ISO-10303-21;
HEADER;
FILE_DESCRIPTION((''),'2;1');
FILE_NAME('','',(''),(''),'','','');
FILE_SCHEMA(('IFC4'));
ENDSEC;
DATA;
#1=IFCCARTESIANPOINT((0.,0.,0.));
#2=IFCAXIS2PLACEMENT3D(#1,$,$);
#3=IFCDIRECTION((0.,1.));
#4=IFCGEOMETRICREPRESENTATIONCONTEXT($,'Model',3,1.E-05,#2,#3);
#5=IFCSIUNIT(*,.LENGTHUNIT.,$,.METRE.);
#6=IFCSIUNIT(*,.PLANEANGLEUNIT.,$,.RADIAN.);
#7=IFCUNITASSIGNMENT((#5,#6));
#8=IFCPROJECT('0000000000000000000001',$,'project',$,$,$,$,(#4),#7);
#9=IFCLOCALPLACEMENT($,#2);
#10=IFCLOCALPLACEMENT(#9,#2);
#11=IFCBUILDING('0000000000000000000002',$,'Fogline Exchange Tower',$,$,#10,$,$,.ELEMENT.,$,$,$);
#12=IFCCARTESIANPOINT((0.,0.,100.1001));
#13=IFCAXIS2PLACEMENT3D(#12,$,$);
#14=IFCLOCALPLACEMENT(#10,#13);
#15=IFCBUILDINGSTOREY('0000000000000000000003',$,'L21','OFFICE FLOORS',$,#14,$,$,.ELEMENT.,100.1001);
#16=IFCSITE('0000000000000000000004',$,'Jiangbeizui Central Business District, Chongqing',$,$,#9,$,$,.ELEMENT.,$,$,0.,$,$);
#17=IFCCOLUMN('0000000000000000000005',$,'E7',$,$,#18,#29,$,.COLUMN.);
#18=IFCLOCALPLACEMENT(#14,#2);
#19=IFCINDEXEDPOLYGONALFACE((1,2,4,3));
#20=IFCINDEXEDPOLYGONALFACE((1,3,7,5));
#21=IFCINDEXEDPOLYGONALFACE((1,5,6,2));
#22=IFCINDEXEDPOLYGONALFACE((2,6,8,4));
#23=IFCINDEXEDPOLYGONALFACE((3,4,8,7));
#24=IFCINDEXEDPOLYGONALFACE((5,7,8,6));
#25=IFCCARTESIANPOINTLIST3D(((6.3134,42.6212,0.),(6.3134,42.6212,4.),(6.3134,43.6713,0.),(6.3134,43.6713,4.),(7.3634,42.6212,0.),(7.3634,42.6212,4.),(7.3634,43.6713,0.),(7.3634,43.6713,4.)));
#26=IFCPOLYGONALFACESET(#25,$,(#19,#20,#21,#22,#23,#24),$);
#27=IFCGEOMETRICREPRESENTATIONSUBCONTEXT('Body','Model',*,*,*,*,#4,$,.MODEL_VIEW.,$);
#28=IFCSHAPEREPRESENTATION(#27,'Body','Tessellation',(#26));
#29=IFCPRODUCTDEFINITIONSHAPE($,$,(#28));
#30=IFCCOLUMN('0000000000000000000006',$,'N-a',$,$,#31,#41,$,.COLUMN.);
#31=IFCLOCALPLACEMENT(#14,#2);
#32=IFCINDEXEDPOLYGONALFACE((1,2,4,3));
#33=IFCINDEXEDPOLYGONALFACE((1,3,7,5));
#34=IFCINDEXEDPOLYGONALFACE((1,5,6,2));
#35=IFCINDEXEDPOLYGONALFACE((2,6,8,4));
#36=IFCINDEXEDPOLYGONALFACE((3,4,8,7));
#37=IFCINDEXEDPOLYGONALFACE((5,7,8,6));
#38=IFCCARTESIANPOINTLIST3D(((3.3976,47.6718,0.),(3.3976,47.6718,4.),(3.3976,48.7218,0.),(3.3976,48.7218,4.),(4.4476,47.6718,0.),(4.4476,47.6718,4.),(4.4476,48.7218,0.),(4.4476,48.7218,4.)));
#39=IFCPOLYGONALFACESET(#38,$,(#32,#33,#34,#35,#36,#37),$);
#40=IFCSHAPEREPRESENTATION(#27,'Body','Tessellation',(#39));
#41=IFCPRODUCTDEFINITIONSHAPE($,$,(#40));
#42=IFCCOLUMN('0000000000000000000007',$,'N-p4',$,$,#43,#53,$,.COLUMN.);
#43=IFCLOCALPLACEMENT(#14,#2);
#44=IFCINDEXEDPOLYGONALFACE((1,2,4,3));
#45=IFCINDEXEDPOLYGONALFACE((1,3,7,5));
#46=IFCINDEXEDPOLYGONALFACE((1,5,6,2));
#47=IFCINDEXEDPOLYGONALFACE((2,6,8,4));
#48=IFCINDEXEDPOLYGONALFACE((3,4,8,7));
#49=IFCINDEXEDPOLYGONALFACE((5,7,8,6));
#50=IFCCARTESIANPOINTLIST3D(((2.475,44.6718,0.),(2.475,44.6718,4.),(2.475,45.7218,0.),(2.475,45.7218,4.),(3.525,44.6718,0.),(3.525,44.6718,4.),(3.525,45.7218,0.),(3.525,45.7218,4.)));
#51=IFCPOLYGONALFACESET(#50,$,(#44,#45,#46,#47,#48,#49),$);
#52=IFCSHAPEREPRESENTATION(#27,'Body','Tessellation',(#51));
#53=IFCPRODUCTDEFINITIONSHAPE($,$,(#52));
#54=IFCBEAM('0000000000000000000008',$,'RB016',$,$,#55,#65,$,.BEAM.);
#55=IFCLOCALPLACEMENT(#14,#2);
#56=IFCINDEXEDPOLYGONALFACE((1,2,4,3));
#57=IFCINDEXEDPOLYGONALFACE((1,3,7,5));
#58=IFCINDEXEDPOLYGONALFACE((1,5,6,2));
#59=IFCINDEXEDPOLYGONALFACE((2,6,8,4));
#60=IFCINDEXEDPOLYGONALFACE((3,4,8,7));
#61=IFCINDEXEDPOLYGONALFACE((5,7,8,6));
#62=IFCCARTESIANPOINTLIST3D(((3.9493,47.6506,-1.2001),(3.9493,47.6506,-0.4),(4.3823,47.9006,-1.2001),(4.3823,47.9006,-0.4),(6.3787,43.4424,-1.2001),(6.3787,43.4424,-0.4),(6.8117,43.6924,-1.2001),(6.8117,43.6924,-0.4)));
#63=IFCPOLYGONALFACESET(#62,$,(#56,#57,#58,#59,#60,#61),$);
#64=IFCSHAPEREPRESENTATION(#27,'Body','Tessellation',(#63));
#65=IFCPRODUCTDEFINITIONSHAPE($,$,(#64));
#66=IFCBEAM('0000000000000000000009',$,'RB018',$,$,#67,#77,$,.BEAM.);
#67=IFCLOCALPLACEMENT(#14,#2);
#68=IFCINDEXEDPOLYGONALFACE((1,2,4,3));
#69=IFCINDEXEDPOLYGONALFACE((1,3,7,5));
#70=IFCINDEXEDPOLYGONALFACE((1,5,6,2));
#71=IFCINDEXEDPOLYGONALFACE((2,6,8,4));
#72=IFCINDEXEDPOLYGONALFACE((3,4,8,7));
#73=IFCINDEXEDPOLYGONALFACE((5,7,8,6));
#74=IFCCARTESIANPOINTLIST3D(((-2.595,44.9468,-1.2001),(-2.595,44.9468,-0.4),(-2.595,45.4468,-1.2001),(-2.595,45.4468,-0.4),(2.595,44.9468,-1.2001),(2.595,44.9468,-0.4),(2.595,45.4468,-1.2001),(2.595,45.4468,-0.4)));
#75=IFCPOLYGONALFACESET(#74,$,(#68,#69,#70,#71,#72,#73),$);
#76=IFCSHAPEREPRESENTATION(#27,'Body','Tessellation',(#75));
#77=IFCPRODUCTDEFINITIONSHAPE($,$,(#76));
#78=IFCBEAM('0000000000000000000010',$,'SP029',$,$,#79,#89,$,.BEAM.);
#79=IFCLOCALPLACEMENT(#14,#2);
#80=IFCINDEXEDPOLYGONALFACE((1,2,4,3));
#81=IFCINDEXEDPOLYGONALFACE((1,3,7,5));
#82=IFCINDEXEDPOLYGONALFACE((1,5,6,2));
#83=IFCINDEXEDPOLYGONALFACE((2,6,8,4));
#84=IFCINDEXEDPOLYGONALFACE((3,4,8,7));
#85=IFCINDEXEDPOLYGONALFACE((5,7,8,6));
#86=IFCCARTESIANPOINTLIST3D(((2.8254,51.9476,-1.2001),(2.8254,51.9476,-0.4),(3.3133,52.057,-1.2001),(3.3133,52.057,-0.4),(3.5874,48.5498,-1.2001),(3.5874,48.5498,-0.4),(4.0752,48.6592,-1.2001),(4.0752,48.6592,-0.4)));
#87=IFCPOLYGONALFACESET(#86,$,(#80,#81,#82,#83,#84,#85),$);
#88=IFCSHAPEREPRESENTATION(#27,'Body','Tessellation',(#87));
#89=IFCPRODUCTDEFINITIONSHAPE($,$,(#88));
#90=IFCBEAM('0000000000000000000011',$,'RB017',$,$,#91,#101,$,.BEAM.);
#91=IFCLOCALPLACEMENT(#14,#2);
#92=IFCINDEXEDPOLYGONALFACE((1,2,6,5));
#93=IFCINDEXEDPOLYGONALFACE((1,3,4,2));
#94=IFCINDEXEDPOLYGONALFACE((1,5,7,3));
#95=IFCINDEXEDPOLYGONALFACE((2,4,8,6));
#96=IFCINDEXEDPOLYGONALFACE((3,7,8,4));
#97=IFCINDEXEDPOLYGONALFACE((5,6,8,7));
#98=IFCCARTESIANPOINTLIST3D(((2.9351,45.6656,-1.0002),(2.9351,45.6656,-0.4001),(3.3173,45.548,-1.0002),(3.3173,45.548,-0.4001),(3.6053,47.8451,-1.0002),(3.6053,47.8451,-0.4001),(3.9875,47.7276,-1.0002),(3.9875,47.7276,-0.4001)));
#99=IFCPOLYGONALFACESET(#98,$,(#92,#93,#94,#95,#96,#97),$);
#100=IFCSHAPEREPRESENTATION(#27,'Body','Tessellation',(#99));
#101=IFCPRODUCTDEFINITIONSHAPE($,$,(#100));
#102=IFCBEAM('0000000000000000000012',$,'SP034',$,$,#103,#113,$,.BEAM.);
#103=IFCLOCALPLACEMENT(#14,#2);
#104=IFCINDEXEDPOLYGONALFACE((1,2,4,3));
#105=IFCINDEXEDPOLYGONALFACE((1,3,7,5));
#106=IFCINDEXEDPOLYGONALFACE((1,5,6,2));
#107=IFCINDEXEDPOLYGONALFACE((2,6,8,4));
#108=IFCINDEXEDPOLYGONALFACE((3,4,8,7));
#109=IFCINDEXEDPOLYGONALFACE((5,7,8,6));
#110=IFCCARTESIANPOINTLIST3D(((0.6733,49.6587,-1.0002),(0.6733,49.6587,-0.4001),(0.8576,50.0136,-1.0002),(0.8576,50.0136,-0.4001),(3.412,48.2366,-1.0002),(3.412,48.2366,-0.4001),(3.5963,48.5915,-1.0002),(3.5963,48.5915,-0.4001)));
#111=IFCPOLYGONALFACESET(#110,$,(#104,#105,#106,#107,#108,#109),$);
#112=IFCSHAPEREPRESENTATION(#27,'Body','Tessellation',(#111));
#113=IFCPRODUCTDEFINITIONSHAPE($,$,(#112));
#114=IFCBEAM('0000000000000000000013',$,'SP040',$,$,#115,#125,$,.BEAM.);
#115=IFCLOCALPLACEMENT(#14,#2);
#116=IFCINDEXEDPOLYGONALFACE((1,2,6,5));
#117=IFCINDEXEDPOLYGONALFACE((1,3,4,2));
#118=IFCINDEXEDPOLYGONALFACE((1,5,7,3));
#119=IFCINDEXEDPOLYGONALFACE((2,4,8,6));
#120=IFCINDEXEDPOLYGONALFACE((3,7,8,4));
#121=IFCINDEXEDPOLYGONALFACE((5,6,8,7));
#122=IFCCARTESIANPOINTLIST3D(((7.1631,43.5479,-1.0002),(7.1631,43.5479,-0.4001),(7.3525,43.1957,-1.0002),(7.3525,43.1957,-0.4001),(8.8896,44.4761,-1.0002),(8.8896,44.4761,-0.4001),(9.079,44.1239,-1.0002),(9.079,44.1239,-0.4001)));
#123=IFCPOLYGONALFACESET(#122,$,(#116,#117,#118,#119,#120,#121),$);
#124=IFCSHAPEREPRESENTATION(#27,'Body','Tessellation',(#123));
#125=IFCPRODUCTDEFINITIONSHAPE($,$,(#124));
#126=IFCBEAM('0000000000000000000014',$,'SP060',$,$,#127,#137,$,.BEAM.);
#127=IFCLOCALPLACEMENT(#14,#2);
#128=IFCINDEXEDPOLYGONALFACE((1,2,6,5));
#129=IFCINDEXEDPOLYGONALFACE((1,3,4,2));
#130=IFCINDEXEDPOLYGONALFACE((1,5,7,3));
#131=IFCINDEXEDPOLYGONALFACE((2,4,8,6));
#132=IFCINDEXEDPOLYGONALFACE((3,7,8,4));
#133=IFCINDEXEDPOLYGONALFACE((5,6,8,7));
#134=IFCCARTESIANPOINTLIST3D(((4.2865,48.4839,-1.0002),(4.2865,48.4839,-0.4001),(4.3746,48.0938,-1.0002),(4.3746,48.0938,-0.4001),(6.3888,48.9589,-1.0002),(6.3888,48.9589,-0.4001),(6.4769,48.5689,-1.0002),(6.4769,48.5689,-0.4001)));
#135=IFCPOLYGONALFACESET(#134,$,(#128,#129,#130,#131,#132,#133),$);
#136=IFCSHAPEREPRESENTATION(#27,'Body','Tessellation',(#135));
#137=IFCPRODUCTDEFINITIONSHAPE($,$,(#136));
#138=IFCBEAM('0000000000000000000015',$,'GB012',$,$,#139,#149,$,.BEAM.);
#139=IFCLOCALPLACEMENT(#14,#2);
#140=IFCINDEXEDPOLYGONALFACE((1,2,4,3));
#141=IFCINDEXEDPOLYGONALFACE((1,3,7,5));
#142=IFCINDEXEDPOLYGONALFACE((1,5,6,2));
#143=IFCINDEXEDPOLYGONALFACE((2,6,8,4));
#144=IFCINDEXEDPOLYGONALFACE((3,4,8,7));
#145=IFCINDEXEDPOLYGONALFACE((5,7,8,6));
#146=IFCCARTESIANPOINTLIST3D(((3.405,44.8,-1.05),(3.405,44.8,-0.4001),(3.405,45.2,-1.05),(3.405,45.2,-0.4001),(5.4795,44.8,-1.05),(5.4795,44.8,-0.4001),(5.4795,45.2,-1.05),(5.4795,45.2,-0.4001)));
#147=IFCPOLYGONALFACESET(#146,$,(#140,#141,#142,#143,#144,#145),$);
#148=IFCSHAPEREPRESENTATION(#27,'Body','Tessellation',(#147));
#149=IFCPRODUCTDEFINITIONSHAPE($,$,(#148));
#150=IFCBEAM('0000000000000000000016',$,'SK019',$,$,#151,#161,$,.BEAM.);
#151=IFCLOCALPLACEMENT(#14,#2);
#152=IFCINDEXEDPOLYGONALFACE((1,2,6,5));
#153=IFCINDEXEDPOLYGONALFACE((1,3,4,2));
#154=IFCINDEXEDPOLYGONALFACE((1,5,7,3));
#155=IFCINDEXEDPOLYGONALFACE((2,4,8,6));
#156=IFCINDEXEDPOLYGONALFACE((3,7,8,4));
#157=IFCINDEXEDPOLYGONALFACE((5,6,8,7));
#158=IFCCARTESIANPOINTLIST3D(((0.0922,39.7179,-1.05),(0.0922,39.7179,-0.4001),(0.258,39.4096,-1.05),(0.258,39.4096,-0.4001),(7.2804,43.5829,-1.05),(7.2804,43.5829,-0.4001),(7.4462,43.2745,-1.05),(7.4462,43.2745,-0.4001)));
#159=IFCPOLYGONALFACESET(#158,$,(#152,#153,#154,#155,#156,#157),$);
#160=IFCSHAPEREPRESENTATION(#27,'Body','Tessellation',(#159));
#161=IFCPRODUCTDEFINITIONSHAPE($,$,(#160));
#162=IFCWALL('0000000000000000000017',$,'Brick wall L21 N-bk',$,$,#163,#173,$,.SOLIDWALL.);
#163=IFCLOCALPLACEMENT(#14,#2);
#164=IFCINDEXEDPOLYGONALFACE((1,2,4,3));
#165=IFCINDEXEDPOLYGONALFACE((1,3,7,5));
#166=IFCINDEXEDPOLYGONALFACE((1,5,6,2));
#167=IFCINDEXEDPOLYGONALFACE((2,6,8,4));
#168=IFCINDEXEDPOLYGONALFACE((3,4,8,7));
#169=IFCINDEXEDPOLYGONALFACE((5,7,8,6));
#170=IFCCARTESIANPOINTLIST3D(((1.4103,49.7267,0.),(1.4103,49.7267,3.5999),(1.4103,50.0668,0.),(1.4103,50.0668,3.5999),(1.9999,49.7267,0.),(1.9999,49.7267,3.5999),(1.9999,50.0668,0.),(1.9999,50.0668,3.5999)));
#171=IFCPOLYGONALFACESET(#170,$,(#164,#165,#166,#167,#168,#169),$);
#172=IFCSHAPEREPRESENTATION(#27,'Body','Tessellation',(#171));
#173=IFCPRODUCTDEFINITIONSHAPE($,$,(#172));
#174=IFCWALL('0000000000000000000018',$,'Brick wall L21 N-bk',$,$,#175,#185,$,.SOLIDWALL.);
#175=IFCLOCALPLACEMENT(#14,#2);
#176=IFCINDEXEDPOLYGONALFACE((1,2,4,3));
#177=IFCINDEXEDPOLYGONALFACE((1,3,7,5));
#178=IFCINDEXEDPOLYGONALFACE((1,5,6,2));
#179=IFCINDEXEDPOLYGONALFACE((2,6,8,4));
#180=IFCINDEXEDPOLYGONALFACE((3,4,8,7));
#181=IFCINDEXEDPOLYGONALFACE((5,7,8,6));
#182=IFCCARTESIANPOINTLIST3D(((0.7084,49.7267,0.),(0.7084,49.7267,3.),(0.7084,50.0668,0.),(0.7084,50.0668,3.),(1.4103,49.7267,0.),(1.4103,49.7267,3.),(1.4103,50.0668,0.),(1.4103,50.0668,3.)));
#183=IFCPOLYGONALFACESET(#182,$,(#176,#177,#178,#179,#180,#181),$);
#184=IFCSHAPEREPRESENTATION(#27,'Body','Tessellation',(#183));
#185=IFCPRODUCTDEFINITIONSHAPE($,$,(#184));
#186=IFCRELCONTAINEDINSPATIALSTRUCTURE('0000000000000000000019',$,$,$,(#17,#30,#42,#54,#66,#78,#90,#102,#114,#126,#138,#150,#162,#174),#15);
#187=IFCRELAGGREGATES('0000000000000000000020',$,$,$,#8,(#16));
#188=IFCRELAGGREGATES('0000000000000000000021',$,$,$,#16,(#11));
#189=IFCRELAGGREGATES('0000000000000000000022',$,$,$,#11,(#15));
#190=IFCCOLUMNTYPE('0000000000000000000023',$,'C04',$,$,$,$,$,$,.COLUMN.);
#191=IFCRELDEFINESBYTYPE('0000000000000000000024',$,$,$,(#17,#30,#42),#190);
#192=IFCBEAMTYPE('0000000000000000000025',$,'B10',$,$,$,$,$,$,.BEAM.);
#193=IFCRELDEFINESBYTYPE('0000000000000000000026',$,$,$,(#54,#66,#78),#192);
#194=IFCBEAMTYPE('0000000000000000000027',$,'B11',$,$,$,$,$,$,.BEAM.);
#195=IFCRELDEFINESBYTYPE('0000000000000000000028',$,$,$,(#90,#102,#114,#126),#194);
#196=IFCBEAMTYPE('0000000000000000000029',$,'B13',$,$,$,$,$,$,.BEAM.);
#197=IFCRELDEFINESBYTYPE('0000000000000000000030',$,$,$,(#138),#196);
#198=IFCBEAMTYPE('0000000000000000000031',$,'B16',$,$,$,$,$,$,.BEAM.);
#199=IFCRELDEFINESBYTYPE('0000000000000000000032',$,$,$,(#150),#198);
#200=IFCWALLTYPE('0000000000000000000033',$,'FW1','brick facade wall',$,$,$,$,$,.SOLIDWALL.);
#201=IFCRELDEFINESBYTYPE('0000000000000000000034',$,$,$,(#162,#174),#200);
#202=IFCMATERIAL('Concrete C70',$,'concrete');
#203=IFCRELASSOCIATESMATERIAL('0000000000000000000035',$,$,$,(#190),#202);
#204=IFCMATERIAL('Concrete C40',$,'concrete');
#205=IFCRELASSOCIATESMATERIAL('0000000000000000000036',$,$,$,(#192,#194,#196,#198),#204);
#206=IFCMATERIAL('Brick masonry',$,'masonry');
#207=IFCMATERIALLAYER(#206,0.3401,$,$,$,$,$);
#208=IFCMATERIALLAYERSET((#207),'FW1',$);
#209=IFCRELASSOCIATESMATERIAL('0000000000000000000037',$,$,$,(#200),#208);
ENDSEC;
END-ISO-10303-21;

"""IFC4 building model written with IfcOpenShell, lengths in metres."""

from ifc_helpers import new_model, si_unit, direction, frame, frame_2d, origin, origin_2d, place, context, subcontext, project, spatial, rectangle, extrude, material, layer, layer_set, material_profile, profile_set, type_object, element, save


model = new_model("IFC4")

# Units and contexts
model_context = context("Model", 3, precision=1e-05, world=origin(), true_north=direction((0.0, 1.0)))
body_context = subcontext(model_context, "Body", "Model", "MODEL_VIEW")
ifc_project = project(units=[si_unit("LENGTHUNIT", "METRE"), si_unit("PLANEANGLEUNIT", "RADIAN")], contexts=[model_context])

# Site, building, storey
site_placement = place(None, origin())
site = spatial("IfcSite", under=ifc_project, at=site_placement, Name="Jiangbeizui Central Business District, Chongqing", CompositionType="ELEMENT", RefElevation=0.0)
building_placement = place(site_placement, origin())
building = spatial("IfcBuilding", under=site, at=building_placement, Name="Fogline Exchange Tower", CompositionType="ELEMENT")
storey_placement = place(building_placement, frame((0.0, 0.0, 100.1001)))
storey = spatial("IfcBuildingStorey", under=building, at=storey_placement, Name="L21", Description="OFFICE FLOORS", CompositionType="ELEMENT", Elevation=100.1001)

# Columns
ifc_material_1 = material(Name="Concrete C70", Category="concrete")
ifc_material_profile_1 = material_profile(ifc_material_1, rectangle(XDim=1.05, YDim=1.05, at=origin_2d()), Name="RC 1050x1050")
ifc_profile_set_1 = profile_set([ifc_material_profile_1], Name="Concrete C70")
column_type = type_object("IfcColumnType", Name="C04", PredefinedType="COLUMN", material=ifc_profile_set_1)
for number, where, z_axis, x_axis, name in (
    (1, (6.8384, 43.1462, 0.0), (0.0, 0.0, 1.0), (1.0, 0.0, 0.0), "E7"),
    (2, (3.9226, 48.1968, 0.0), (0.0, 0.0, 1.0), (1.0, 0.0, 0.0), "N-a"),
    (3, (3.0, 45.1968, 0.0), (0.0, 0.0, 1.0), (1.0, 0.0, 0.0), "N-p4"),
):
    element("IfcColumn", number, at=place(storey_placement, frame(where, z_axis=z_axis, x_axis=x_axis)), inside=storey, type_object=column_type, Name=name, PredefinedType="COLUMN", context=body_context, shape_type="SweptSolid", body=[
        extrude(rectangle(XDim=1.05, YDim=1.05, at=origin_2d()), origin(), (0.0, 0.0, 1.0), 4.0),
    ])

# Beams
ifc_material_2 = material(Name="Concrete C40", Category="concrete")
ifc_material_profile_2 = material_profile(ifc_material_2, rectangle(XDim=0.5, YDim=0.8, at=origin_2d()), Name="RC 500x800")
ifc_profile_set_2 = profile_set([ifc_material_profile_2], Name="Concrete C40")
beam_type_1 = type_object("IfcBeamType", Name="B10", PredefinedType="BEAM", material=ifc_profile_set_2)
beam_1_placement = place(storey_placement, frame((6.5952, 43.5674, -0.8), z_axis=(-0.49997, 0.866043, 0.0), x_axis=(-0.866043, -0.49997, 0.0)))
element("IfcBeam", 4, at=beam_1_placement, inside=storey, type_object=beam_type_1, Name="RB016", PredefinedType="BEAM", context=body_context, shape_type="SweptSolid", body=[
    extrude(rectangle(XDim=0.5, YDim=0.8, at=origin_2d()), origin(), (0.0, 0.0, 1.0), 4.8591),
])
beam_2_placement = place(storey_placement, frame((2.595, 45.1968, -0.8), z_axis=(-1.0, 0.0, 0.0), x_axis=(0.0, -1.0, 0.0)))
element("IfcBeam", 5, at=beam_2_placement, inside=storey, type_object=beam_type_1, Name="RB018", PredefinedType="BEAM", context=body_context, shape_type="SweptSolid", body=[
    extrude(rectangle(XDim=0.5, YDim=0.8, at=origin_2d()), origin(), (0.0, 0.0, 1.0), 5.1899),
])
beam_3_placement = place(storey_placement, frame((3.8313, 48.6045, -0.8), z_axis=(-0.218823, 0.975765, 0.0), x_axis=(-0.975765, -0.218823, 0.0)))
element("IfcBeam", 6, at=beam_3_placement, inside=storey, type_object=beam_type_1, Name="SP029", PredefinedType="BEAM", context=body_context, shape_type="SweptSolid", body=[
    extrude(rectangle(XDim=0.5, YDim=0.8, at=origin_2d()), origin(), (0.0, 0.0, 1.0), 3.4822),
])
ifc_material_profile_3 = material_profile(ifc_material_2, rectangle(XDim=0.3999, YDim=0.6001, at=origin_2d()), Name="RC 400x600")
ifc_profile_set_3 = profile_set([ifc_material_profile_3], Name="Concrete C40")
beam_type_2 = type_object("IfcBeamType", Name="B11", PredefinedType="BEAM", material=ifc_profile_set_3)
beam_4_placement = place(storey_placement, frame((3.7964, 47.7864, -0.7002), z_axis=(-0.293913, -0.955832, 0.0), x_axis=(0.955832, -0.293913, 0.0)))
element("IfcBeam", 7, at=beam_4_placement, inside=storey, type_object=beam_type_2, Name="RB017", PredefinedType="BEAM", context=body_context, shape_type="SweptSolid", body=[
    extrude(rectangle(XDim=0.3999, YDim=0.6001, at=origin_2d()), origin(), (0.0, 0.0, 1.0), 2.2803),
])
beam_5_placement = place(storey_placement, frame((3.5042, 48.4141, -0.7002), z_axis=(-0.887487, 0.460832, 0.0), x_axis=(-0.460832, -0.887487, 0.0)))
element("IfcBeam", 8, at=beam_5_placement, inside=storey, type_object=beam_type_2, Name="SP034", PredefinedType="BEAM", context=body_context, shape_type="SweptSolid", body=[
    extrude(rectangle(XDim=0.3999, YDim=0.6001, at=origin_2d()), origin(), (0.0, 0.0, 1.0), 3.0859),
])
beam_6_placement = place(storey_placement, frame((7.2578, 43.3718, -0.7002), z_axis=(0.880783, 0.47352, 0.0), x_axis=(-0.47352, 0.880783, 0.0)))
element("IfcBeam", 9, at=beam_6_placement, inside=storey, type_object=beam_type_2, Name="SP040", PredefinedType="BEAM", context=body_context, shape_type="SweptSolid", body=[
    extrude(rectangle(XDim=0.3999, YDim=0.6001, at=origin_2d()), origin(), (0.0, 0.0, 1.0), 1.9602),
])
beam_7_placement = place(storey_placement, frame((4.3306, 48.2888, -0.7002), z_axis=(0.975403, 0.220431, 0.0), x_axis=(-0.220431, 0.975403, 0.0)))
element("IfcBeam", 10, at=beam_7_placement, inside=storey, type_object=beam_type_2, Name="SP060", PredefinedType="BEAM", context=body_context, shape_type="SweptSolid", body=[
    extrude(rectangle(XDim=0.3999, YDim=0.6001, at=origin_2d()), origin(), (0.0, 0.0, 1.0), 2.1553),
])
ifc_material_profile_4 = material_profile(ifc_material_2, rectangle(XDim=0.3999, YDim=0.6499, at=origin_2d()), Name="RC 400x650")
ifc_profile_set_4 = profile_set([ifc_material_profile_4], Name="Concrete C40")
beam_type_3 = type_object("IfcBeamType", Name="B13", PredefinedType="BEAM", material=ifc_profile_set_4)
beam_8_placement = place(storey_placement, frame((3.405, 45.0, -0.7251), z_axis=(1.0, 0.0, 0.0), x_axis=(0.0, 1.0, 0.0)))
element("IfcBeam", 11, at=beam_8_placement, inside=storey, type_object=beam_type_3, Name="GB012", PredefinedType="BEAM", context=body_context, shape_type="SweptSolid", body=[
    extrude(rectangle(XDim=0.3999, YDim=0.6499, at=origin_2d()), origin(), (0.0, 0.0, 1.0), 2.0745),
])
ifc_material_profile_5 = material_profile(ifc_material_2, rectangle(XDim=0.3501, YDim=0.6499, at=origin_2d()), Name="RC 350x650")
ifc_profile_set_5 = profile_set([ifc_material_profile_5], Name="Concrete C40")
beam_type_4 = type_object("IfcBeamType", Name="B16", PredefinedType="BEAM", material=ifc_profile_set_5)
beam_9_placement = place(storey_placement, frame((7.3633, 43.4287, -0.7251), z_axis=(-0.880757, -0.473568, 0.0), x_axis=(0.473568, -0.880757, 0.0)))
element("IfcBeam", 12, at=beam_9_placement, inside=storey, type_object=beam_type_4, Name="SK019", PredefinedType="BEAM", context=body_context, shape_type="SweptSolid", body=[
    extrude(rectangle(XDim=0.3501, YDim=0.6499, at=origin_2d()), origin(), (0.0, 0.0, 1.0), 8.1614),
])

# Walls
ifc_material_3 = material(Name="Brick masonry", Category="masonry")
ifc_layer_1 = layer(ifc_material_3, 0.3401)
ifc_layer_set_1 = layer_set([ifc_layer_1], Name="FW1")
wall_type_1 = type_object("IfcWallType", Name="FW1", Description="brick facade wall", PredefinedType="SOLIDWALL", material=ifc_layer_set_1)
wall_1_placement = place(storey_placement, frame((2.0, 49.8967, 0.0), z_axis=(0.0, 0.0, 1.0), x_axis=(-1.0, 0.0, 0.0)))
element("IfcWall", 13, at=wall_1_placement, inside=storey, type_object=wall_type_1, Name="Brick wall L21 N-bk", PredefinedType="SOLIDWALL", context=body_context, shape_type="SweptSolid", body=[
    extrude(rectangle(XDim=0.5896, YDim=0.3401, at=frame_2d((0.2949, 0.0))), origin(), (0.0, 0.0, 1.0), 3.5999),
])
wall_2_placement = place(storey_placement, frame((1.4104, 49.8967, 0.0), z_axis=(0.0, 0.0, 1.0), x_axis=(-1.0, 0.0, 0.0)))
element("IfcWall", 14, at=wall_2_placement, inside=storey, type_object=wall_type_1, Name="Brick wall L21 N-bk", PredefinedType="SOLIDWALL", context=body_context, shape_type="SweptSolid", body=[
    extrude(rectangle(XDim=0.7019, YDim=0.3401, at=frame_2d((0.3511, 0.0))), origin(), (0.0, 0.0, 1.0), 3.0),
])

save(model, "model.ifc")
